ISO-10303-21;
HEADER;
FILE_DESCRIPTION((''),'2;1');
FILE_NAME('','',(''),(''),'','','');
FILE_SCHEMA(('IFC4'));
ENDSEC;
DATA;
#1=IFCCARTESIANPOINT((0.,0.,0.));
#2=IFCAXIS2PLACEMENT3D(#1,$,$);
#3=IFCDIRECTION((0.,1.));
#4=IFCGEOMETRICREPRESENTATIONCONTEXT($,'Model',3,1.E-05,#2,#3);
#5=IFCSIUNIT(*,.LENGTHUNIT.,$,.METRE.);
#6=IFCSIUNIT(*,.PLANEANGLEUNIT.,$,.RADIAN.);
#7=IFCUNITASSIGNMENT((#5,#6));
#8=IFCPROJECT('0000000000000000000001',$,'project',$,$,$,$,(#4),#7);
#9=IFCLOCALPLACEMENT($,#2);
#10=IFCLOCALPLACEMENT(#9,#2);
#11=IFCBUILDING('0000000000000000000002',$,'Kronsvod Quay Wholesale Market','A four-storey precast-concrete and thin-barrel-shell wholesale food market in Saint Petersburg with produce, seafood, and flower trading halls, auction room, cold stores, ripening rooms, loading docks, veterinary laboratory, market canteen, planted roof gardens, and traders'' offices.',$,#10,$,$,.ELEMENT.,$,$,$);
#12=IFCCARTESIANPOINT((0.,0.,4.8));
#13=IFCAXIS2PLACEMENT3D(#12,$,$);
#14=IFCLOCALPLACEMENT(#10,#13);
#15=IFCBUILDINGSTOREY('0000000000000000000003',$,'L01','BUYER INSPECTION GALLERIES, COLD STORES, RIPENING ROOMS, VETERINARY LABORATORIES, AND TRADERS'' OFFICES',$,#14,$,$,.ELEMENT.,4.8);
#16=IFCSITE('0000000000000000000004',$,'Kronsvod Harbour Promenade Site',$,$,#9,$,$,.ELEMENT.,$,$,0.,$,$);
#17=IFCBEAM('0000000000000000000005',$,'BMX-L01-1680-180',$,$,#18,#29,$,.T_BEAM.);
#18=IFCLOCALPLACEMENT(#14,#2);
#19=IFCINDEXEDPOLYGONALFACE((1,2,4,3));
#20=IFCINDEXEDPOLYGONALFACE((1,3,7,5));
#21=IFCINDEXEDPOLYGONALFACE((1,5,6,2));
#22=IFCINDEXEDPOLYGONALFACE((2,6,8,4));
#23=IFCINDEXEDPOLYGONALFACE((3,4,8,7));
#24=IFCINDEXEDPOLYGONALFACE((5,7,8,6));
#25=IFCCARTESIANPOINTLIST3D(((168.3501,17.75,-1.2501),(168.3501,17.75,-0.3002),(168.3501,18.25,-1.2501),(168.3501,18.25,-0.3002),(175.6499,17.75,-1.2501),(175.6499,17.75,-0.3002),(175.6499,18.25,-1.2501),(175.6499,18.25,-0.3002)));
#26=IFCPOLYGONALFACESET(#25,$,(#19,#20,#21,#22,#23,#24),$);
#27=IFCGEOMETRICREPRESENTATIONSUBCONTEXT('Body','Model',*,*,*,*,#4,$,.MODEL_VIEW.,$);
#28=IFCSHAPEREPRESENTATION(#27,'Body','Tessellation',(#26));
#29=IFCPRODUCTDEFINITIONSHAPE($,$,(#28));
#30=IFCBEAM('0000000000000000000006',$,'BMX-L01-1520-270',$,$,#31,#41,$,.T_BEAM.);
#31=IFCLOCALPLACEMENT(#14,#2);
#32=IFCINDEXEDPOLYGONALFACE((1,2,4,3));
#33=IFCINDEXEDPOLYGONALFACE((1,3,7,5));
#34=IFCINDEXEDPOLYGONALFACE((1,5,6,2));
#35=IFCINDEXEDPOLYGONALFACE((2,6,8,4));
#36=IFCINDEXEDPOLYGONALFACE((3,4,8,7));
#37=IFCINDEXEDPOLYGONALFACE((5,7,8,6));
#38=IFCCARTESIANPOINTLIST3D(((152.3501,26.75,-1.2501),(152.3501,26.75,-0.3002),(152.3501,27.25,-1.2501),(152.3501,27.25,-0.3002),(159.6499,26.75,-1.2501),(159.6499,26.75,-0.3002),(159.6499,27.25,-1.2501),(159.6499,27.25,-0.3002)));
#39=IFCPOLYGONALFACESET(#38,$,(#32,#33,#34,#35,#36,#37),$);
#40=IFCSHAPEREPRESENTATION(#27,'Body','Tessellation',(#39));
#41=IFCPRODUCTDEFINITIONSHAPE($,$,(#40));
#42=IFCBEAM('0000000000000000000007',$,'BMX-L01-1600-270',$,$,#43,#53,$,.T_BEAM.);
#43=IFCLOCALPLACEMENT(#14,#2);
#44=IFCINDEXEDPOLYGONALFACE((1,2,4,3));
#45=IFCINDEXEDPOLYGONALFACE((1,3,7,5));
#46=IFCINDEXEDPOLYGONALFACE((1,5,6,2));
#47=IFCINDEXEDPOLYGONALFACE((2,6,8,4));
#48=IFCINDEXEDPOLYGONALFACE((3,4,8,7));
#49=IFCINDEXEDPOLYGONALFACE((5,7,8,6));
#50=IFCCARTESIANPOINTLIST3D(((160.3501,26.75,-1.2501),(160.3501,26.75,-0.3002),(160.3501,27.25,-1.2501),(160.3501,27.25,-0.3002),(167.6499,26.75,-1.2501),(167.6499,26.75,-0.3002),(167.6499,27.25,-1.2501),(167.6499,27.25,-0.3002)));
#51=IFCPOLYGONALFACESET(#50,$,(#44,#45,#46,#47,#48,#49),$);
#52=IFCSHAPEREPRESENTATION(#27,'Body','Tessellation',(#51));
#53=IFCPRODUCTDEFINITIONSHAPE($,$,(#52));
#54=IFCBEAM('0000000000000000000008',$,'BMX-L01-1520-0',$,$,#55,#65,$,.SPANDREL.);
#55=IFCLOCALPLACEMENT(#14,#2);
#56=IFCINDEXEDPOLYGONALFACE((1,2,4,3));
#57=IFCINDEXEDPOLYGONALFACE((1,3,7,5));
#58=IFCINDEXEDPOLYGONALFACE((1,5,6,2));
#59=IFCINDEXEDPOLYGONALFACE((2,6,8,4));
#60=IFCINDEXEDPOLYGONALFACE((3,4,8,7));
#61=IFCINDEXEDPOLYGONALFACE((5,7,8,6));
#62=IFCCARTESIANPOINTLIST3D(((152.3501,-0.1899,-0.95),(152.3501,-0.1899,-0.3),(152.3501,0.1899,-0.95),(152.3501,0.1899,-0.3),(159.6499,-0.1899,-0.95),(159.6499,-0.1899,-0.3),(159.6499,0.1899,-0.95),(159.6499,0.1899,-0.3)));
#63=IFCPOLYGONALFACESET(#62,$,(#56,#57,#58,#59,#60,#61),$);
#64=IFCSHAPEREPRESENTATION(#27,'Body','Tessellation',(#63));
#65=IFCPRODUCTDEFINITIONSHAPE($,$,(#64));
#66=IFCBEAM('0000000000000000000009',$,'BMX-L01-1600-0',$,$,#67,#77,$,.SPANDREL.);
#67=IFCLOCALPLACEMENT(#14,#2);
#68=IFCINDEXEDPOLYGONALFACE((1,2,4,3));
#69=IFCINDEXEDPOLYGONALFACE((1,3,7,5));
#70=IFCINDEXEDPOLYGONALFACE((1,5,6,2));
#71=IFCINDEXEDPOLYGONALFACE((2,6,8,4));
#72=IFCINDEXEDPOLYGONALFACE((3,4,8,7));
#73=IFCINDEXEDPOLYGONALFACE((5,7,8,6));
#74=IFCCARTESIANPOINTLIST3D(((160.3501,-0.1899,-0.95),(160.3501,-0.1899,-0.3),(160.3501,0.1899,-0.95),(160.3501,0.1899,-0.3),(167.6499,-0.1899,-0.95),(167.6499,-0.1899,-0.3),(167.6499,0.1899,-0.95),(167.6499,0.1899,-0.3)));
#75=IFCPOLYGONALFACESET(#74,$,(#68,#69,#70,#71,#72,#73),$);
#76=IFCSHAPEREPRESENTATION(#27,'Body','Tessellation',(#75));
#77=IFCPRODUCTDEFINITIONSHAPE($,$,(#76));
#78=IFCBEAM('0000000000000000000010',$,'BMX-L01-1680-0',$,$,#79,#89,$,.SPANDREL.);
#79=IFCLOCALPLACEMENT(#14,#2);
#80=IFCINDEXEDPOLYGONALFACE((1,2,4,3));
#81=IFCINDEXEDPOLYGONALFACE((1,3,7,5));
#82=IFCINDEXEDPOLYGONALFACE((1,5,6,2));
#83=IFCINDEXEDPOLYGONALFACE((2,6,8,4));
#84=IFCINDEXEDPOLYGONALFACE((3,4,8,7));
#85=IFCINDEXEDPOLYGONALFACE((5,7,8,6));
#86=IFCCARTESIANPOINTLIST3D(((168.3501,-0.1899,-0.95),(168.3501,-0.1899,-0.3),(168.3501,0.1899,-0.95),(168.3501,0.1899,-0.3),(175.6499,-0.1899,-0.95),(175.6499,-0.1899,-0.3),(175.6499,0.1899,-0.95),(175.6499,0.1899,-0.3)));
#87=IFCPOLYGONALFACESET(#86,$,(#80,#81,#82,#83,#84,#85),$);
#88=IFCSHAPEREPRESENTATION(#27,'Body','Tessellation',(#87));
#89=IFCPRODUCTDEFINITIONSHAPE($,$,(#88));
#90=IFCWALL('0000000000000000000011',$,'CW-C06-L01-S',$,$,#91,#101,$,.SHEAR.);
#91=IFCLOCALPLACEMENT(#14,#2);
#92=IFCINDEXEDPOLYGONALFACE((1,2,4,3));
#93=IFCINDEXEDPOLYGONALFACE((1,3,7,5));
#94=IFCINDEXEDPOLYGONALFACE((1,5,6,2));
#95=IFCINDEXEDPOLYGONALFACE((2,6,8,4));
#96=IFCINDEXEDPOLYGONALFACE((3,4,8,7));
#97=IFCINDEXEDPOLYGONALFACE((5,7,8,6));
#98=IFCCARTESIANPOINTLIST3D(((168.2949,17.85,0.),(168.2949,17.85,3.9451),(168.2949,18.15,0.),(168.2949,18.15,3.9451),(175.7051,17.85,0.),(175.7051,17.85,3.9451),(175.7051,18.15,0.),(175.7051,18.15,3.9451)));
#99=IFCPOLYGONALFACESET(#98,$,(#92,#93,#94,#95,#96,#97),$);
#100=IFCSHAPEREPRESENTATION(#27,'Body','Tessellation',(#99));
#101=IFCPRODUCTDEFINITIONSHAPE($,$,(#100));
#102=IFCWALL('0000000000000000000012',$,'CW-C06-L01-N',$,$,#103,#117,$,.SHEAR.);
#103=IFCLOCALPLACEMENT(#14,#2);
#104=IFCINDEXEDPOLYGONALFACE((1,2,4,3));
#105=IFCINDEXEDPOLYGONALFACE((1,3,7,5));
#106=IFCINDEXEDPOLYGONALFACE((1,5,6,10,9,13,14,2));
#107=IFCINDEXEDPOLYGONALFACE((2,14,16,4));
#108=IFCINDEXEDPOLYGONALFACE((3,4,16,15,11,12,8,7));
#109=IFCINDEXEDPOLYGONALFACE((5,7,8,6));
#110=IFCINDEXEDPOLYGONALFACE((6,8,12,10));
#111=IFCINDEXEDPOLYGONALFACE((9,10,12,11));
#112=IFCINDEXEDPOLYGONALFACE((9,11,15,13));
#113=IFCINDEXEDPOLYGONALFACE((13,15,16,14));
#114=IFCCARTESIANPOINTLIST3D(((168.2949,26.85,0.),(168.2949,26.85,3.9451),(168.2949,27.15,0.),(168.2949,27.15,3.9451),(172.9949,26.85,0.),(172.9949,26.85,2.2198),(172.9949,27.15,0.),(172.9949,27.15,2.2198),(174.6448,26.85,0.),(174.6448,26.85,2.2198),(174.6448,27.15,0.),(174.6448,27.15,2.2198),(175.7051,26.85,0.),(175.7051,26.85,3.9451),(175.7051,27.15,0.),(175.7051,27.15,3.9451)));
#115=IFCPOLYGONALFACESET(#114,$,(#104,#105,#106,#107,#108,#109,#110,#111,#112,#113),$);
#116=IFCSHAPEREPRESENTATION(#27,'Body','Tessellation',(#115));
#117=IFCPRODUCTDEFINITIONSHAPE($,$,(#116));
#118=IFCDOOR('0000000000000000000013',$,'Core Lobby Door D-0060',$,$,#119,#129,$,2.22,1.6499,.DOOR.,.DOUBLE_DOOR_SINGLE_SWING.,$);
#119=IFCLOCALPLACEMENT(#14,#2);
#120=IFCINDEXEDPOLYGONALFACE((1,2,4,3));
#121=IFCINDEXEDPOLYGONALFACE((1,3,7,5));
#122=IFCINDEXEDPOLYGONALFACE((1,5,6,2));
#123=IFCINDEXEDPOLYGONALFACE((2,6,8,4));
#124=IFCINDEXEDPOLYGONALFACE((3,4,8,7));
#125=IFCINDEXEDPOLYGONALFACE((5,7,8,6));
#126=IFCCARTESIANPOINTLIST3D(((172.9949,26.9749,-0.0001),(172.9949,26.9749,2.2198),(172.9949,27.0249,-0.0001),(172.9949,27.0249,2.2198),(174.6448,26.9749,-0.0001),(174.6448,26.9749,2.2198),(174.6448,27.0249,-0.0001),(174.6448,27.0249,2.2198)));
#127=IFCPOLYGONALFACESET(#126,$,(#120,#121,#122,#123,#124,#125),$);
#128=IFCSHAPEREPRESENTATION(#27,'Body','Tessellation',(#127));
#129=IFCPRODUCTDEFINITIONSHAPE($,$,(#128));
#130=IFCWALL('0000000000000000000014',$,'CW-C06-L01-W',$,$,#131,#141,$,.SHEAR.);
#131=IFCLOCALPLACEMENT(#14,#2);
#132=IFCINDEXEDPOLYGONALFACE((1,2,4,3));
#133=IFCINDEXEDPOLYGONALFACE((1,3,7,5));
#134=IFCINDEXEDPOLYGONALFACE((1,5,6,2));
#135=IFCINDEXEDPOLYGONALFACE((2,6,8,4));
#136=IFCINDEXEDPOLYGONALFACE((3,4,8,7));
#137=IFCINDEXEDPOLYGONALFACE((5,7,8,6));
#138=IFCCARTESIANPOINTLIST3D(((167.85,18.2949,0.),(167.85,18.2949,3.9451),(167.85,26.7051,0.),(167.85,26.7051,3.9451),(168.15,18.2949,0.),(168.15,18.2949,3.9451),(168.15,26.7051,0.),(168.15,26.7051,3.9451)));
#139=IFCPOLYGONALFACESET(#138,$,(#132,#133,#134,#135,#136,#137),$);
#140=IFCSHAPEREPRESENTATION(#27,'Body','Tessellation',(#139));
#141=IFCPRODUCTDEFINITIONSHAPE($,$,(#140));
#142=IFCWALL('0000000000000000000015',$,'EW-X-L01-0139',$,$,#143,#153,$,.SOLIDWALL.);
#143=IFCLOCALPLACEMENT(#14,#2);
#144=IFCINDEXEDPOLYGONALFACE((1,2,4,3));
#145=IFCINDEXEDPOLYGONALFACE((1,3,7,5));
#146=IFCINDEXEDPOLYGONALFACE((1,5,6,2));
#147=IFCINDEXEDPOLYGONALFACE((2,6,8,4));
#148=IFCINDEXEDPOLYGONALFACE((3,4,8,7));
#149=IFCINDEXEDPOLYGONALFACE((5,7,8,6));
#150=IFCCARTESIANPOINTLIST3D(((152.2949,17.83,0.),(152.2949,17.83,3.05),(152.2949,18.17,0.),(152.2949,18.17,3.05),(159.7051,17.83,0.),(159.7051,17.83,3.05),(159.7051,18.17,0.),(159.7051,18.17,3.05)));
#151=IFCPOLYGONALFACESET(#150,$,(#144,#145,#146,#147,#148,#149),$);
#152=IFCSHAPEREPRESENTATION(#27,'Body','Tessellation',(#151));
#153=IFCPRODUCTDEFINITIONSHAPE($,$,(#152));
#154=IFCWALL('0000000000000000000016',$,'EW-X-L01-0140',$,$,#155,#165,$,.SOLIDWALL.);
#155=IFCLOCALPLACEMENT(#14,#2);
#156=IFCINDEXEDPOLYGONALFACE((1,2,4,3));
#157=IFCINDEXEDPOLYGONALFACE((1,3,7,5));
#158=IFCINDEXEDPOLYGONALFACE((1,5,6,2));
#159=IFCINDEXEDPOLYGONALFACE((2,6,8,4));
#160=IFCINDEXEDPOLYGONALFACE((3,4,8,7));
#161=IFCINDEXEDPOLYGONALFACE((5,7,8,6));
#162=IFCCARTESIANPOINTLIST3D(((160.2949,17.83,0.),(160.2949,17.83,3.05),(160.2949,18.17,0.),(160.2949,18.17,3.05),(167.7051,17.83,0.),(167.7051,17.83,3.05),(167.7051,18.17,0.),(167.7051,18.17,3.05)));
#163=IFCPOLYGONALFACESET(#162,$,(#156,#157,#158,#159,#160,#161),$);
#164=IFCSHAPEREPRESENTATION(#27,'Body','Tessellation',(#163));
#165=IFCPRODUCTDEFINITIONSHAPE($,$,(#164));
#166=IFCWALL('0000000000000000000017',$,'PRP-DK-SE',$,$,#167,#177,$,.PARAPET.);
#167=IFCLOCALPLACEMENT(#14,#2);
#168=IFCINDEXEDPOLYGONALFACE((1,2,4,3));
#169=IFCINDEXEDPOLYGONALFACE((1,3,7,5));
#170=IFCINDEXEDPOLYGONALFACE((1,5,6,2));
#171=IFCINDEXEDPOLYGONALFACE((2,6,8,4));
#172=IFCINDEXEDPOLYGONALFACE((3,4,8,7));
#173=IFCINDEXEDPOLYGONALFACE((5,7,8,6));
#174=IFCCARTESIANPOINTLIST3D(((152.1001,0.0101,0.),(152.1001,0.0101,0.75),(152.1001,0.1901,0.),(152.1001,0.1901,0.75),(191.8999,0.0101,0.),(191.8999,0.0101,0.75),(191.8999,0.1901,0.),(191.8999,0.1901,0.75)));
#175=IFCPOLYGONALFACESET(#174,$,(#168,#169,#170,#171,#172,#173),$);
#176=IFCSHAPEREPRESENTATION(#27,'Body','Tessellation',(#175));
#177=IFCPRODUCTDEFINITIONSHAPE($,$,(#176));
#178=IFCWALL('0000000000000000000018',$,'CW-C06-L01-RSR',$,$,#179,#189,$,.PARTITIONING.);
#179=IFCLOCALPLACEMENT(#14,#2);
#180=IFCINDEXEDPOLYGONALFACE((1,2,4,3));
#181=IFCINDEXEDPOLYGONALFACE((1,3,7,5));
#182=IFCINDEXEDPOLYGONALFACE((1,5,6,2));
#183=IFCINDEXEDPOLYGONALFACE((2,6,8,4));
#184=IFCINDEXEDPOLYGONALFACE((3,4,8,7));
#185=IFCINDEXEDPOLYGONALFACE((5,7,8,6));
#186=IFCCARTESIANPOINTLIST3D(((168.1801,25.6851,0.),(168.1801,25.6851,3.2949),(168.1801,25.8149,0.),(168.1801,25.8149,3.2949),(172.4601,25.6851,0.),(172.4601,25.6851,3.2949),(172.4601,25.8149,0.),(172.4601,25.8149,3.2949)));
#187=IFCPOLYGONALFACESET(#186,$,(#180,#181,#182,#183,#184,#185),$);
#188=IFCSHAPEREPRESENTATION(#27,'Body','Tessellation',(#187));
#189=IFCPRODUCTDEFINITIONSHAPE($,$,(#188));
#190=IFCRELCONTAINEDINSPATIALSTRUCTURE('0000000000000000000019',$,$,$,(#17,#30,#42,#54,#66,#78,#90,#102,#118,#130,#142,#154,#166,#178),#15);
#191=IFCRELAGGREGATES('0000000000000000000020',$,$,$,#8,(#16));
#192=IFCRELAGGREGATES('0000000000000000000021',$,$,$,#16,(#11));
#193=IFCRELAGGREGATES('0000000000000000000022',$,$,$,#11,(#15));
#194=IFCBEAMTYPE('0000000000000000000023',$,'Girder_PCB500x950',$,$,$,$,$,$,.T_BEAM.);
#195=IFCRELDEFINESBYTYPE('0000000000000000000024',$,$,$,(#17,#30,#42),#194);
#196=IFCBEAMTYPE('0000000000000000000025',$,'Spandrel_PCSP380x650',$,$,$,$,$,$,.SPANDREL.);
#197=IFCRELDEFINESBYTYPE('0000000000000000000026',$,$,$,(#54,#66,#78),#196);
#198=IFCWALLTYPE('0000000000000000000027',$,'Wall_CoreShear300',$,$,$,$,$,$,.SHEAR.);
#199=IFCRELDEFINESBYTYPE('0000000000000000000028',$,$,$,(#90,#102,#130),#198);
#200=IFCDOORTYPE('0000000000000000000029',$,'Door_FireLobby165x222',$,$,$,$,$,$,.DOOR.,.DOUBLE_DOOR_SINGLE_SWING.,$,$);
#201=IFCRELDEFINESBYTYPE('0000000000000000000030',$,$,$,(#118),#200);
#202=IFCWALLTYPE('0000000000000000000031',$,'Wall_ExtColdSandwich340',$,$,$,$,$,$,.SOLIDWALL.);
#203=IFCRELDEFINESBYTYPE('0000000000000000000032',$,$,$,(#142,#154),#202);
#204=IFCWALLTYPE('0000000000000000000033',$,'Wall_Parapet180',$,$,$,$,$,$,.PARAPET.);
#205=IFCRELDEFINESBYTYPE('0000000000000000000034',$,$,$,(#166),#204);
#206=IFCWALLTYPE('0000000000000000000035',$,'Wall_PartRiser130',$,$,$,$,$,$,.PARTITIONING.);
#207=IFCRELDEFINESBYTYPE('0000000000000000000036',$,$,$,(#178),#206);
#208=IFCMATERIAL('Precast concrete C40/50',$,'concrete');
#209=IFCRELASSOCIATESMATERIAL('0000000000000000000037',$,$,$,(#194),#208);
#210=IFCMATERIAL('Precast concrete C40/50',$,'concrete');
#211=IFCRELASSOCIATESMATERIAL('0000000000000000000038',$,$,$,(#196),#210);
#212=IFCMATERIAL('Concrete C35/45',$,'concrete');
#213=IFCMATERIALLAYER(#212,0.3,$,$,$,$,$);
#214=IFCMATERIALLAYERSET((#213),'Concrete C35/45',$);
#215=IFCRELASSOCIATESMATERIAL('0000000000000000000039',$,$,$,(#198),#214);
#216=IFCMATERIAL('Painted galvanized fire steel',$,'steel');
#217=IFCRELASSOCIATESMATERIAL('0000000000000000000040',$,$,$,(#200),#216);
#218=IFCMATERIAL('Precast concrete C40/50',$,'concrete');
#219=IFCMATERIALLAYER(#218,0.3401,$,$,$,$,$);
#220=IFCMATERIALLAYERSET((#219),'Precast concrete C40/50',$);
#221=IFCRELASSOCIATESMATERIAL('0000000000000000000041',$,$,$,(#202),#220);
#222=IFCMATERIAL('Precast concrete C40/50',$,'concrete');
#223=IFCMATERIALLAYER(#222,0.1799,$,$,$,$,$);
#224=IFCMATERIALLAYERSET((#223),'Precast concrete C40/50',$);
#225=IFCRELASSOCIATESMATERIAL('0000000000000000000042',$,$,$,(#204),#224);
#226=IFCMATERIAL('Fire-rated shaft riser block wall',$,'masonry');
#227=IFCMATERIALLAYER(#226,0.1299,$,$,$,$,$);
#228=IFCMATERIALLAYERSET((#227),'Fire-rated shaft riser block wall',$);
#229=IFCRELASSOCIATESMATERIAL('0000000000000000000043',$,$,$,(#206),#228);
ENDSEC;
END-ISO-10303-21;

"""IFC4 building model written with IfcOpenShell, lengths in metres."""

from ifc_helpers import new_model, si_unit, direction, frame, frame_2d, origin, origin_2d, place, context, subcontext, project, spatial, rectangle, extrude, material, layer, layer_set, material_profile, profile_set, type_object, element, fill, save


model = new_model("IFC4")

# Units and contexts
model_context = context("Model", 3, precision=1e-05, world=origin(), true_north=direction((0.0, 1.0)))
body_context = subcontext(model_context, "Body", "Model", "MODEL_VIEW")
ifc_project = project(units=[si_unit("LENGTHUNIT", "METRE"), si_unit("PLANEANGLEUNIT", "RADIAN")], contexts=[model_context])

# Site, building, storey
site_placement = place(None, origin())
site = spatial("IfcSite", under=ifc_project, at=site_placement, Name="Kronsvod Harbour Promenade Site", CompositionType="ELEMENT", RefElevation=0.0)
building_placement = place(site_placement, origin())
building = spatial("IfcBuilding", under=site, at=building_placement, Name="Kronsvod Quay Wholesale Market", Description="A four-storey precast-concrete and thin-barrel-shell wholesale food market in Saint Petersburg with produce, seafood, and flower trading halls, auction room, cold stores, ripening rooms, loading docks, veterinary laboratory, market canteen, planted roof gardens, and traders' offices.", CompositionType="ELEMENT")
storey_placement = place(building_placement, frame((0.0, 0.0, 4.8)))
storey = spatial("IfcBuildingStorey", under=building, at=storey_placement, Name="L01", Description="BUYER INSPECTION GALLERIES, COLD STORES, RIPENING ROOMS, VETERINARY LABORATORIES, AND TRADERS' OFFICES", CompositionType="ELEMENT", Elevation=4.8)

# Beams
ifc_material_1 = material(Name="Precast concrete C40/50", Category="concrete")
ifc_material_profile_1 = material_profile(ifc_material_1, rectangle(XDim=0.5, YDim=0.95, at=origin_2d()), Name="PCB500x950")
ifc_profile_set_1 = profile_set([ifc_material_profile_1], Name="Precast concrete C40/50")
beam_type_1 = type_object("IfcBeamType", Name="Girder_PCB500x950", PredefinedType="T_BEAM", material=ifc_profile_set_1)
for number, where, z_axis, x_axis, name in (
    (1, (168.3501, 18.0, -0.7751), (1.0, 0.0, 0.0), (0.0, 1.0, 0.0), "BMX-L01-1680-180"),
    (2, (152.3501, 27.0, -0.7751), (1.0, 0.0, 0.0), (0.0, 1.0, 0.0), "BMX-L01-1520-270"),
    (3, (160.3501, 27.0, -0.7751), (1.0, 0.0, 0.0), (0.0, 1.0, 0.0), "BMX-L01-1600-270"),
):
    element("IfcBeam", number, at=place(storey_placement, frame(where, z_axis=z_axis, x_axis=x_axis)), inside=storey, type_object=beam_type_1, Name=name, PredefinedType="T_BEAM", context=body_context, shape_type="SweptSolid", body=[
        extrude(rectangle(XDim=0.5, YDim=0.95, at=origin_2d()), origin(), (0.0, 0.0, 1.0), 7.2998),
    ])
ifc_material_2 = material(Name="Precast concrete C40/50", Category="concrete")
ifc_material_profile_2 = material_profile(ifc_material_2, rectangle(XDim=0.3799, YDim=0.6499, at=origin_2d()), Name="SPB-03")
ifc_profile_set_2 = profile_set([ifc_material_profile_2], Name="Precast concrete C40/50")
beam_type_2 = type_object("IfcBeamType", Name="Spandrel_PCSP380x650", PredefinedType="SPANDREL", material=ifc_profile_set_2)
for number, where, z_axis, x_axis, name in (
    (4, (152.3501, 0.0, -0.625), (1.0, 0.0, 0.0), (0.0, 1.0, 0.0), "BMX-L01-1520-0"),
    (5, (160.3501, 0.0, -0.625), (1.0, 0.0, 0.0), (0.0, 1.0, 0.0), "BMX-L01-1600-0"),
    (6, (168.3501, 0.0, -0.625), (1.0, 0.0, 0.0), (0.0, 1.0, 0.0), "BMX-L01-1680-0"),
):
    element("IfcBeam", number, at=place(storey_placement, frame(where, z_axis=z_axis, x_axis=x_axis)), inside=storey, type_object=beam_type_2, Name=name, PredefinedType="SPANDREL", context=body_context, shape_type="SweptSolid", body=[
        extrude(rectangle(XDim=0.3799, YDim=0.6499, at=origin_2d()), origin(), (0.0, 0.0, 1.0), 7.2998),
    ])

# Wall
ifc_material_3 = material(Name="Concrete C35/45", Category="concrete")
ifc_layer_1 = layer(ifc_material_3, 0.3)
ifc_layer_set_1 = layer_set([ifc_layer_1], Name="Concrete C35/45")
wall_type_1 = type_object("IfcWallType", Name="Wall_CoreShear300", PredefinedType="SHEAR", material=ifc_layer_set_1)
wall_1_placement = place(storey_placement, frame((168.2949, 18.0, 0.0), z_axis=(0.0, 0.0, 1.0), x_axis=(1.0, 0.0, 0.0)))
element("IfcWall", 7, at=wall_1_placement, inside=storey, type_object=wall_type_1, Name="CW-C06-L01-S", PredefinedType="SHEAR", context=body_context, shape_type="SweptSolid", body=[
    extrude(rectangle(XDim=7.4102, YDim=0.3, at=frame_2d((3.7051, 0.0))), origin(), (0.0, 0.0, 1.0), 3.9451),
])

# Wall, opening, door
wall_2_placement = place(storey_placement, frame((168.2949, 27.0, 0.0), z_axis=(0.0, 0.0, 1.0), x_axis=(1.0, 0.0, 0.0)))
wall_2 = element("IfcWall", 8, at=wall_2_placement, inside=storey, type_object=wall_type_1, Name="CW-C06-L01-N", PredefinedType="SHEAR", context=body_context, shape_type="SweptSolid", body=[
    extrude(rectangle(XDim=7.4102, YDim=0.3, at=frame_2d((3.7051, 0.0))), origin(), (0.0, 0.0, 1.0), 3.9451),
])
opening_placement = place(wall_2_placement, frame((4.7, 0.0, 0.0)))
opening = element("IfcOpeningElement", 9, at=opening_placement, cuts=wall_2, PredefinedType="OPENING", context=body_context, shape_type="SweptSolid", body=[
    extrude(rectangle(XDim=1.6499, YDim=2.22, at=frame_2d((0.825, 1.1099))), frame((0.0, 0.1602, 0.0), z_axis=(0.0, -1.0, 0.0), x_axis=(1.0, 0.0, 0.0)), (0.0, 0.0, 1.0), 0.3201),
])
ifc_material_4 = material(Name="Painted galvanized fire steel", Category="steel")
door_type = type_object("IfcDoorType", Name="Door_FireLobby165x222", OperationType="DOUBLE_DOOR_SINGLE_SWING", PredefinedType="DOOR", material=ifc_material_4)
door_placement = place(opening_placement, origin())
door = element("IfcDoor", 10, at=door_placement, inside=storey, type_object=door_type, Name="Core Lobby Door D-0060", OperationType="DOUBLE_DOOR_SINGLE_SWING", OverallHeight=2.22, OverallWidth=1.6499, PredefinedType="DOOR", context=body_context, shape_type="SweptSolid", body=[
    extrude(rectangle(XDim=1.6499, YDim=2.22, at=frame_2d((0.825, 1.1099))), frame((0.0, 0.0249, 0.0), z_axis=(0.0, -1.0, 0.0), x_axis=(1.0, 0.0, 0.0)), (0.0, 0.0, 1.0), 0.05),
])
fill(opening, door)

# Walls
wall_3_placement = place(storey_placement, frame((168.0, 18.2949, 0.0), z_axis=(0.0, 0.0, 1.0), x_axis=(0.0, 1.0, 0.0)))
element("IfcWall", 11, at=wall_3_placement, inside=storey, type_object=wall_type_1, Name="CW-C06-L01-W", PredefinedType="SHEAR", context=body_context, shape_type="SweptSolid", body=[
    extrude(rectangle(XDim=8.4102, YDim=0.3, at=frame_2d((4.2051, 0.0))), origin(), (0.0, 0.0, 1.0), 3.9451),
])
ifc_material_5 = material(Name="Precast concrete C40/50", Category="concrete")
ifc_layer_2 = layer(ifc_material_5, 0.3401)
ifc_layer_set_2 = layer_set([ifc_layer_2], Name="Precast concrete C40/50")
wall_type_2 = type_object("IfcWallType", Name="Wall_ExtColdSandwich340", PredefinedType="SOLIDWALL", material=ifc_layer_set_2)
for number, where, z_axis, x_axis, name in (
    (12, (152.2949, 18.0, 0.0), (0.0, 0.0, 1.0), (1.0, 0.0, 0.0), "EW-X-L01-0139"),
    (13, (160.2949, 18.0, 0.0), (0.0, 0.0, 1.0), (1.0, 0.0, 0.0), "EW-X-L01-0140"),
):
    element("IfcWall", number, at=place(storey_placement, frame(where, z_axis=z_axis, x_axis=x_axis)), inside=storey, type_object=wall_type_2, Name=name, PredefinedType="SOLIDWALL", context=body_context, shape_type="SweptSolid", body=[
        extrude(rectangle(XDim=7.4102, YDim=0.3401, at=frame_2d((3.7051, 0.0))), origin(), (0.0, 0.0, 1.0), 3.05),
    ])
ifc_material_6 = material(Name="Precast concrete C40/50", Category="concrete")
ifc_layer_3 = layer(ifc_material_6, 0.1799)
ifc_layer_set_3 = layer_set([ifc_layer_3], Name="Precast concrete C40/50")
wall_type_3 = type_object("IfcWallType", Name="Wall_Parapet180", PredefinedType="PARAPET", material=ifc_layer_set_3)
wall_4_placement = place(storey_placement, frame((152.1001, 0.1001, 0.0), z_axis=(0.0, 0.0, 1.0), x_axis=(1.0, 0.0, 0.0)))
element("IfcWall", 14, at=wall_4_placement, inside=storey, type_object=wall_type_3, Name="PRP-DK-SE", PredefinedType="PARAPET", context=body_context, shape_type="SweptSolid", body=[
    extrude(rectangle(XDim=39.7998, YDim=0.1799, at=frame_2d((19.8999, 0.0))), origin(), (0.0, 0.0, 1.0), 0.75),
])
ifc_material_7 = material(Name="Fire-rated shaft riser block wall", Category="masonry")
ifc_layer_4 = layer(ifc_material_7, 0.1299)
ifc_layer_set_4 = layer_set([ifc_layer_4], Name="Fire-rated shaft riser block wall")
wall_type_4 = type_object("IfcWallType", Name="Wall_PartRiser130", PredefinedType="PARTITIONING", material=ifc_layer_set_4)
wall_5_placement = place(storey_placement, frame((168.1799, 25.75, 0.0), z_axis=(0.0, 0.0, 1.0), x_axis=(1.0, 0.0, 0.0)))
element("IfcWall", 15, at=wall_5_placement, inside=storey, type_object=wall_type_4, Name="CW-C06-L01-RSR", PredefinedType="PARTITIONING", context=body_context, shape_type="SweptSolid", body=[
    extrude(rectangle(XDim=4.28, YDim=0.1299, at=frame_2d((2.1401, 0.0))), origin(), (0.0, 0.0, 1.0), 3.2949),
])

save(model, "model.ifc")
